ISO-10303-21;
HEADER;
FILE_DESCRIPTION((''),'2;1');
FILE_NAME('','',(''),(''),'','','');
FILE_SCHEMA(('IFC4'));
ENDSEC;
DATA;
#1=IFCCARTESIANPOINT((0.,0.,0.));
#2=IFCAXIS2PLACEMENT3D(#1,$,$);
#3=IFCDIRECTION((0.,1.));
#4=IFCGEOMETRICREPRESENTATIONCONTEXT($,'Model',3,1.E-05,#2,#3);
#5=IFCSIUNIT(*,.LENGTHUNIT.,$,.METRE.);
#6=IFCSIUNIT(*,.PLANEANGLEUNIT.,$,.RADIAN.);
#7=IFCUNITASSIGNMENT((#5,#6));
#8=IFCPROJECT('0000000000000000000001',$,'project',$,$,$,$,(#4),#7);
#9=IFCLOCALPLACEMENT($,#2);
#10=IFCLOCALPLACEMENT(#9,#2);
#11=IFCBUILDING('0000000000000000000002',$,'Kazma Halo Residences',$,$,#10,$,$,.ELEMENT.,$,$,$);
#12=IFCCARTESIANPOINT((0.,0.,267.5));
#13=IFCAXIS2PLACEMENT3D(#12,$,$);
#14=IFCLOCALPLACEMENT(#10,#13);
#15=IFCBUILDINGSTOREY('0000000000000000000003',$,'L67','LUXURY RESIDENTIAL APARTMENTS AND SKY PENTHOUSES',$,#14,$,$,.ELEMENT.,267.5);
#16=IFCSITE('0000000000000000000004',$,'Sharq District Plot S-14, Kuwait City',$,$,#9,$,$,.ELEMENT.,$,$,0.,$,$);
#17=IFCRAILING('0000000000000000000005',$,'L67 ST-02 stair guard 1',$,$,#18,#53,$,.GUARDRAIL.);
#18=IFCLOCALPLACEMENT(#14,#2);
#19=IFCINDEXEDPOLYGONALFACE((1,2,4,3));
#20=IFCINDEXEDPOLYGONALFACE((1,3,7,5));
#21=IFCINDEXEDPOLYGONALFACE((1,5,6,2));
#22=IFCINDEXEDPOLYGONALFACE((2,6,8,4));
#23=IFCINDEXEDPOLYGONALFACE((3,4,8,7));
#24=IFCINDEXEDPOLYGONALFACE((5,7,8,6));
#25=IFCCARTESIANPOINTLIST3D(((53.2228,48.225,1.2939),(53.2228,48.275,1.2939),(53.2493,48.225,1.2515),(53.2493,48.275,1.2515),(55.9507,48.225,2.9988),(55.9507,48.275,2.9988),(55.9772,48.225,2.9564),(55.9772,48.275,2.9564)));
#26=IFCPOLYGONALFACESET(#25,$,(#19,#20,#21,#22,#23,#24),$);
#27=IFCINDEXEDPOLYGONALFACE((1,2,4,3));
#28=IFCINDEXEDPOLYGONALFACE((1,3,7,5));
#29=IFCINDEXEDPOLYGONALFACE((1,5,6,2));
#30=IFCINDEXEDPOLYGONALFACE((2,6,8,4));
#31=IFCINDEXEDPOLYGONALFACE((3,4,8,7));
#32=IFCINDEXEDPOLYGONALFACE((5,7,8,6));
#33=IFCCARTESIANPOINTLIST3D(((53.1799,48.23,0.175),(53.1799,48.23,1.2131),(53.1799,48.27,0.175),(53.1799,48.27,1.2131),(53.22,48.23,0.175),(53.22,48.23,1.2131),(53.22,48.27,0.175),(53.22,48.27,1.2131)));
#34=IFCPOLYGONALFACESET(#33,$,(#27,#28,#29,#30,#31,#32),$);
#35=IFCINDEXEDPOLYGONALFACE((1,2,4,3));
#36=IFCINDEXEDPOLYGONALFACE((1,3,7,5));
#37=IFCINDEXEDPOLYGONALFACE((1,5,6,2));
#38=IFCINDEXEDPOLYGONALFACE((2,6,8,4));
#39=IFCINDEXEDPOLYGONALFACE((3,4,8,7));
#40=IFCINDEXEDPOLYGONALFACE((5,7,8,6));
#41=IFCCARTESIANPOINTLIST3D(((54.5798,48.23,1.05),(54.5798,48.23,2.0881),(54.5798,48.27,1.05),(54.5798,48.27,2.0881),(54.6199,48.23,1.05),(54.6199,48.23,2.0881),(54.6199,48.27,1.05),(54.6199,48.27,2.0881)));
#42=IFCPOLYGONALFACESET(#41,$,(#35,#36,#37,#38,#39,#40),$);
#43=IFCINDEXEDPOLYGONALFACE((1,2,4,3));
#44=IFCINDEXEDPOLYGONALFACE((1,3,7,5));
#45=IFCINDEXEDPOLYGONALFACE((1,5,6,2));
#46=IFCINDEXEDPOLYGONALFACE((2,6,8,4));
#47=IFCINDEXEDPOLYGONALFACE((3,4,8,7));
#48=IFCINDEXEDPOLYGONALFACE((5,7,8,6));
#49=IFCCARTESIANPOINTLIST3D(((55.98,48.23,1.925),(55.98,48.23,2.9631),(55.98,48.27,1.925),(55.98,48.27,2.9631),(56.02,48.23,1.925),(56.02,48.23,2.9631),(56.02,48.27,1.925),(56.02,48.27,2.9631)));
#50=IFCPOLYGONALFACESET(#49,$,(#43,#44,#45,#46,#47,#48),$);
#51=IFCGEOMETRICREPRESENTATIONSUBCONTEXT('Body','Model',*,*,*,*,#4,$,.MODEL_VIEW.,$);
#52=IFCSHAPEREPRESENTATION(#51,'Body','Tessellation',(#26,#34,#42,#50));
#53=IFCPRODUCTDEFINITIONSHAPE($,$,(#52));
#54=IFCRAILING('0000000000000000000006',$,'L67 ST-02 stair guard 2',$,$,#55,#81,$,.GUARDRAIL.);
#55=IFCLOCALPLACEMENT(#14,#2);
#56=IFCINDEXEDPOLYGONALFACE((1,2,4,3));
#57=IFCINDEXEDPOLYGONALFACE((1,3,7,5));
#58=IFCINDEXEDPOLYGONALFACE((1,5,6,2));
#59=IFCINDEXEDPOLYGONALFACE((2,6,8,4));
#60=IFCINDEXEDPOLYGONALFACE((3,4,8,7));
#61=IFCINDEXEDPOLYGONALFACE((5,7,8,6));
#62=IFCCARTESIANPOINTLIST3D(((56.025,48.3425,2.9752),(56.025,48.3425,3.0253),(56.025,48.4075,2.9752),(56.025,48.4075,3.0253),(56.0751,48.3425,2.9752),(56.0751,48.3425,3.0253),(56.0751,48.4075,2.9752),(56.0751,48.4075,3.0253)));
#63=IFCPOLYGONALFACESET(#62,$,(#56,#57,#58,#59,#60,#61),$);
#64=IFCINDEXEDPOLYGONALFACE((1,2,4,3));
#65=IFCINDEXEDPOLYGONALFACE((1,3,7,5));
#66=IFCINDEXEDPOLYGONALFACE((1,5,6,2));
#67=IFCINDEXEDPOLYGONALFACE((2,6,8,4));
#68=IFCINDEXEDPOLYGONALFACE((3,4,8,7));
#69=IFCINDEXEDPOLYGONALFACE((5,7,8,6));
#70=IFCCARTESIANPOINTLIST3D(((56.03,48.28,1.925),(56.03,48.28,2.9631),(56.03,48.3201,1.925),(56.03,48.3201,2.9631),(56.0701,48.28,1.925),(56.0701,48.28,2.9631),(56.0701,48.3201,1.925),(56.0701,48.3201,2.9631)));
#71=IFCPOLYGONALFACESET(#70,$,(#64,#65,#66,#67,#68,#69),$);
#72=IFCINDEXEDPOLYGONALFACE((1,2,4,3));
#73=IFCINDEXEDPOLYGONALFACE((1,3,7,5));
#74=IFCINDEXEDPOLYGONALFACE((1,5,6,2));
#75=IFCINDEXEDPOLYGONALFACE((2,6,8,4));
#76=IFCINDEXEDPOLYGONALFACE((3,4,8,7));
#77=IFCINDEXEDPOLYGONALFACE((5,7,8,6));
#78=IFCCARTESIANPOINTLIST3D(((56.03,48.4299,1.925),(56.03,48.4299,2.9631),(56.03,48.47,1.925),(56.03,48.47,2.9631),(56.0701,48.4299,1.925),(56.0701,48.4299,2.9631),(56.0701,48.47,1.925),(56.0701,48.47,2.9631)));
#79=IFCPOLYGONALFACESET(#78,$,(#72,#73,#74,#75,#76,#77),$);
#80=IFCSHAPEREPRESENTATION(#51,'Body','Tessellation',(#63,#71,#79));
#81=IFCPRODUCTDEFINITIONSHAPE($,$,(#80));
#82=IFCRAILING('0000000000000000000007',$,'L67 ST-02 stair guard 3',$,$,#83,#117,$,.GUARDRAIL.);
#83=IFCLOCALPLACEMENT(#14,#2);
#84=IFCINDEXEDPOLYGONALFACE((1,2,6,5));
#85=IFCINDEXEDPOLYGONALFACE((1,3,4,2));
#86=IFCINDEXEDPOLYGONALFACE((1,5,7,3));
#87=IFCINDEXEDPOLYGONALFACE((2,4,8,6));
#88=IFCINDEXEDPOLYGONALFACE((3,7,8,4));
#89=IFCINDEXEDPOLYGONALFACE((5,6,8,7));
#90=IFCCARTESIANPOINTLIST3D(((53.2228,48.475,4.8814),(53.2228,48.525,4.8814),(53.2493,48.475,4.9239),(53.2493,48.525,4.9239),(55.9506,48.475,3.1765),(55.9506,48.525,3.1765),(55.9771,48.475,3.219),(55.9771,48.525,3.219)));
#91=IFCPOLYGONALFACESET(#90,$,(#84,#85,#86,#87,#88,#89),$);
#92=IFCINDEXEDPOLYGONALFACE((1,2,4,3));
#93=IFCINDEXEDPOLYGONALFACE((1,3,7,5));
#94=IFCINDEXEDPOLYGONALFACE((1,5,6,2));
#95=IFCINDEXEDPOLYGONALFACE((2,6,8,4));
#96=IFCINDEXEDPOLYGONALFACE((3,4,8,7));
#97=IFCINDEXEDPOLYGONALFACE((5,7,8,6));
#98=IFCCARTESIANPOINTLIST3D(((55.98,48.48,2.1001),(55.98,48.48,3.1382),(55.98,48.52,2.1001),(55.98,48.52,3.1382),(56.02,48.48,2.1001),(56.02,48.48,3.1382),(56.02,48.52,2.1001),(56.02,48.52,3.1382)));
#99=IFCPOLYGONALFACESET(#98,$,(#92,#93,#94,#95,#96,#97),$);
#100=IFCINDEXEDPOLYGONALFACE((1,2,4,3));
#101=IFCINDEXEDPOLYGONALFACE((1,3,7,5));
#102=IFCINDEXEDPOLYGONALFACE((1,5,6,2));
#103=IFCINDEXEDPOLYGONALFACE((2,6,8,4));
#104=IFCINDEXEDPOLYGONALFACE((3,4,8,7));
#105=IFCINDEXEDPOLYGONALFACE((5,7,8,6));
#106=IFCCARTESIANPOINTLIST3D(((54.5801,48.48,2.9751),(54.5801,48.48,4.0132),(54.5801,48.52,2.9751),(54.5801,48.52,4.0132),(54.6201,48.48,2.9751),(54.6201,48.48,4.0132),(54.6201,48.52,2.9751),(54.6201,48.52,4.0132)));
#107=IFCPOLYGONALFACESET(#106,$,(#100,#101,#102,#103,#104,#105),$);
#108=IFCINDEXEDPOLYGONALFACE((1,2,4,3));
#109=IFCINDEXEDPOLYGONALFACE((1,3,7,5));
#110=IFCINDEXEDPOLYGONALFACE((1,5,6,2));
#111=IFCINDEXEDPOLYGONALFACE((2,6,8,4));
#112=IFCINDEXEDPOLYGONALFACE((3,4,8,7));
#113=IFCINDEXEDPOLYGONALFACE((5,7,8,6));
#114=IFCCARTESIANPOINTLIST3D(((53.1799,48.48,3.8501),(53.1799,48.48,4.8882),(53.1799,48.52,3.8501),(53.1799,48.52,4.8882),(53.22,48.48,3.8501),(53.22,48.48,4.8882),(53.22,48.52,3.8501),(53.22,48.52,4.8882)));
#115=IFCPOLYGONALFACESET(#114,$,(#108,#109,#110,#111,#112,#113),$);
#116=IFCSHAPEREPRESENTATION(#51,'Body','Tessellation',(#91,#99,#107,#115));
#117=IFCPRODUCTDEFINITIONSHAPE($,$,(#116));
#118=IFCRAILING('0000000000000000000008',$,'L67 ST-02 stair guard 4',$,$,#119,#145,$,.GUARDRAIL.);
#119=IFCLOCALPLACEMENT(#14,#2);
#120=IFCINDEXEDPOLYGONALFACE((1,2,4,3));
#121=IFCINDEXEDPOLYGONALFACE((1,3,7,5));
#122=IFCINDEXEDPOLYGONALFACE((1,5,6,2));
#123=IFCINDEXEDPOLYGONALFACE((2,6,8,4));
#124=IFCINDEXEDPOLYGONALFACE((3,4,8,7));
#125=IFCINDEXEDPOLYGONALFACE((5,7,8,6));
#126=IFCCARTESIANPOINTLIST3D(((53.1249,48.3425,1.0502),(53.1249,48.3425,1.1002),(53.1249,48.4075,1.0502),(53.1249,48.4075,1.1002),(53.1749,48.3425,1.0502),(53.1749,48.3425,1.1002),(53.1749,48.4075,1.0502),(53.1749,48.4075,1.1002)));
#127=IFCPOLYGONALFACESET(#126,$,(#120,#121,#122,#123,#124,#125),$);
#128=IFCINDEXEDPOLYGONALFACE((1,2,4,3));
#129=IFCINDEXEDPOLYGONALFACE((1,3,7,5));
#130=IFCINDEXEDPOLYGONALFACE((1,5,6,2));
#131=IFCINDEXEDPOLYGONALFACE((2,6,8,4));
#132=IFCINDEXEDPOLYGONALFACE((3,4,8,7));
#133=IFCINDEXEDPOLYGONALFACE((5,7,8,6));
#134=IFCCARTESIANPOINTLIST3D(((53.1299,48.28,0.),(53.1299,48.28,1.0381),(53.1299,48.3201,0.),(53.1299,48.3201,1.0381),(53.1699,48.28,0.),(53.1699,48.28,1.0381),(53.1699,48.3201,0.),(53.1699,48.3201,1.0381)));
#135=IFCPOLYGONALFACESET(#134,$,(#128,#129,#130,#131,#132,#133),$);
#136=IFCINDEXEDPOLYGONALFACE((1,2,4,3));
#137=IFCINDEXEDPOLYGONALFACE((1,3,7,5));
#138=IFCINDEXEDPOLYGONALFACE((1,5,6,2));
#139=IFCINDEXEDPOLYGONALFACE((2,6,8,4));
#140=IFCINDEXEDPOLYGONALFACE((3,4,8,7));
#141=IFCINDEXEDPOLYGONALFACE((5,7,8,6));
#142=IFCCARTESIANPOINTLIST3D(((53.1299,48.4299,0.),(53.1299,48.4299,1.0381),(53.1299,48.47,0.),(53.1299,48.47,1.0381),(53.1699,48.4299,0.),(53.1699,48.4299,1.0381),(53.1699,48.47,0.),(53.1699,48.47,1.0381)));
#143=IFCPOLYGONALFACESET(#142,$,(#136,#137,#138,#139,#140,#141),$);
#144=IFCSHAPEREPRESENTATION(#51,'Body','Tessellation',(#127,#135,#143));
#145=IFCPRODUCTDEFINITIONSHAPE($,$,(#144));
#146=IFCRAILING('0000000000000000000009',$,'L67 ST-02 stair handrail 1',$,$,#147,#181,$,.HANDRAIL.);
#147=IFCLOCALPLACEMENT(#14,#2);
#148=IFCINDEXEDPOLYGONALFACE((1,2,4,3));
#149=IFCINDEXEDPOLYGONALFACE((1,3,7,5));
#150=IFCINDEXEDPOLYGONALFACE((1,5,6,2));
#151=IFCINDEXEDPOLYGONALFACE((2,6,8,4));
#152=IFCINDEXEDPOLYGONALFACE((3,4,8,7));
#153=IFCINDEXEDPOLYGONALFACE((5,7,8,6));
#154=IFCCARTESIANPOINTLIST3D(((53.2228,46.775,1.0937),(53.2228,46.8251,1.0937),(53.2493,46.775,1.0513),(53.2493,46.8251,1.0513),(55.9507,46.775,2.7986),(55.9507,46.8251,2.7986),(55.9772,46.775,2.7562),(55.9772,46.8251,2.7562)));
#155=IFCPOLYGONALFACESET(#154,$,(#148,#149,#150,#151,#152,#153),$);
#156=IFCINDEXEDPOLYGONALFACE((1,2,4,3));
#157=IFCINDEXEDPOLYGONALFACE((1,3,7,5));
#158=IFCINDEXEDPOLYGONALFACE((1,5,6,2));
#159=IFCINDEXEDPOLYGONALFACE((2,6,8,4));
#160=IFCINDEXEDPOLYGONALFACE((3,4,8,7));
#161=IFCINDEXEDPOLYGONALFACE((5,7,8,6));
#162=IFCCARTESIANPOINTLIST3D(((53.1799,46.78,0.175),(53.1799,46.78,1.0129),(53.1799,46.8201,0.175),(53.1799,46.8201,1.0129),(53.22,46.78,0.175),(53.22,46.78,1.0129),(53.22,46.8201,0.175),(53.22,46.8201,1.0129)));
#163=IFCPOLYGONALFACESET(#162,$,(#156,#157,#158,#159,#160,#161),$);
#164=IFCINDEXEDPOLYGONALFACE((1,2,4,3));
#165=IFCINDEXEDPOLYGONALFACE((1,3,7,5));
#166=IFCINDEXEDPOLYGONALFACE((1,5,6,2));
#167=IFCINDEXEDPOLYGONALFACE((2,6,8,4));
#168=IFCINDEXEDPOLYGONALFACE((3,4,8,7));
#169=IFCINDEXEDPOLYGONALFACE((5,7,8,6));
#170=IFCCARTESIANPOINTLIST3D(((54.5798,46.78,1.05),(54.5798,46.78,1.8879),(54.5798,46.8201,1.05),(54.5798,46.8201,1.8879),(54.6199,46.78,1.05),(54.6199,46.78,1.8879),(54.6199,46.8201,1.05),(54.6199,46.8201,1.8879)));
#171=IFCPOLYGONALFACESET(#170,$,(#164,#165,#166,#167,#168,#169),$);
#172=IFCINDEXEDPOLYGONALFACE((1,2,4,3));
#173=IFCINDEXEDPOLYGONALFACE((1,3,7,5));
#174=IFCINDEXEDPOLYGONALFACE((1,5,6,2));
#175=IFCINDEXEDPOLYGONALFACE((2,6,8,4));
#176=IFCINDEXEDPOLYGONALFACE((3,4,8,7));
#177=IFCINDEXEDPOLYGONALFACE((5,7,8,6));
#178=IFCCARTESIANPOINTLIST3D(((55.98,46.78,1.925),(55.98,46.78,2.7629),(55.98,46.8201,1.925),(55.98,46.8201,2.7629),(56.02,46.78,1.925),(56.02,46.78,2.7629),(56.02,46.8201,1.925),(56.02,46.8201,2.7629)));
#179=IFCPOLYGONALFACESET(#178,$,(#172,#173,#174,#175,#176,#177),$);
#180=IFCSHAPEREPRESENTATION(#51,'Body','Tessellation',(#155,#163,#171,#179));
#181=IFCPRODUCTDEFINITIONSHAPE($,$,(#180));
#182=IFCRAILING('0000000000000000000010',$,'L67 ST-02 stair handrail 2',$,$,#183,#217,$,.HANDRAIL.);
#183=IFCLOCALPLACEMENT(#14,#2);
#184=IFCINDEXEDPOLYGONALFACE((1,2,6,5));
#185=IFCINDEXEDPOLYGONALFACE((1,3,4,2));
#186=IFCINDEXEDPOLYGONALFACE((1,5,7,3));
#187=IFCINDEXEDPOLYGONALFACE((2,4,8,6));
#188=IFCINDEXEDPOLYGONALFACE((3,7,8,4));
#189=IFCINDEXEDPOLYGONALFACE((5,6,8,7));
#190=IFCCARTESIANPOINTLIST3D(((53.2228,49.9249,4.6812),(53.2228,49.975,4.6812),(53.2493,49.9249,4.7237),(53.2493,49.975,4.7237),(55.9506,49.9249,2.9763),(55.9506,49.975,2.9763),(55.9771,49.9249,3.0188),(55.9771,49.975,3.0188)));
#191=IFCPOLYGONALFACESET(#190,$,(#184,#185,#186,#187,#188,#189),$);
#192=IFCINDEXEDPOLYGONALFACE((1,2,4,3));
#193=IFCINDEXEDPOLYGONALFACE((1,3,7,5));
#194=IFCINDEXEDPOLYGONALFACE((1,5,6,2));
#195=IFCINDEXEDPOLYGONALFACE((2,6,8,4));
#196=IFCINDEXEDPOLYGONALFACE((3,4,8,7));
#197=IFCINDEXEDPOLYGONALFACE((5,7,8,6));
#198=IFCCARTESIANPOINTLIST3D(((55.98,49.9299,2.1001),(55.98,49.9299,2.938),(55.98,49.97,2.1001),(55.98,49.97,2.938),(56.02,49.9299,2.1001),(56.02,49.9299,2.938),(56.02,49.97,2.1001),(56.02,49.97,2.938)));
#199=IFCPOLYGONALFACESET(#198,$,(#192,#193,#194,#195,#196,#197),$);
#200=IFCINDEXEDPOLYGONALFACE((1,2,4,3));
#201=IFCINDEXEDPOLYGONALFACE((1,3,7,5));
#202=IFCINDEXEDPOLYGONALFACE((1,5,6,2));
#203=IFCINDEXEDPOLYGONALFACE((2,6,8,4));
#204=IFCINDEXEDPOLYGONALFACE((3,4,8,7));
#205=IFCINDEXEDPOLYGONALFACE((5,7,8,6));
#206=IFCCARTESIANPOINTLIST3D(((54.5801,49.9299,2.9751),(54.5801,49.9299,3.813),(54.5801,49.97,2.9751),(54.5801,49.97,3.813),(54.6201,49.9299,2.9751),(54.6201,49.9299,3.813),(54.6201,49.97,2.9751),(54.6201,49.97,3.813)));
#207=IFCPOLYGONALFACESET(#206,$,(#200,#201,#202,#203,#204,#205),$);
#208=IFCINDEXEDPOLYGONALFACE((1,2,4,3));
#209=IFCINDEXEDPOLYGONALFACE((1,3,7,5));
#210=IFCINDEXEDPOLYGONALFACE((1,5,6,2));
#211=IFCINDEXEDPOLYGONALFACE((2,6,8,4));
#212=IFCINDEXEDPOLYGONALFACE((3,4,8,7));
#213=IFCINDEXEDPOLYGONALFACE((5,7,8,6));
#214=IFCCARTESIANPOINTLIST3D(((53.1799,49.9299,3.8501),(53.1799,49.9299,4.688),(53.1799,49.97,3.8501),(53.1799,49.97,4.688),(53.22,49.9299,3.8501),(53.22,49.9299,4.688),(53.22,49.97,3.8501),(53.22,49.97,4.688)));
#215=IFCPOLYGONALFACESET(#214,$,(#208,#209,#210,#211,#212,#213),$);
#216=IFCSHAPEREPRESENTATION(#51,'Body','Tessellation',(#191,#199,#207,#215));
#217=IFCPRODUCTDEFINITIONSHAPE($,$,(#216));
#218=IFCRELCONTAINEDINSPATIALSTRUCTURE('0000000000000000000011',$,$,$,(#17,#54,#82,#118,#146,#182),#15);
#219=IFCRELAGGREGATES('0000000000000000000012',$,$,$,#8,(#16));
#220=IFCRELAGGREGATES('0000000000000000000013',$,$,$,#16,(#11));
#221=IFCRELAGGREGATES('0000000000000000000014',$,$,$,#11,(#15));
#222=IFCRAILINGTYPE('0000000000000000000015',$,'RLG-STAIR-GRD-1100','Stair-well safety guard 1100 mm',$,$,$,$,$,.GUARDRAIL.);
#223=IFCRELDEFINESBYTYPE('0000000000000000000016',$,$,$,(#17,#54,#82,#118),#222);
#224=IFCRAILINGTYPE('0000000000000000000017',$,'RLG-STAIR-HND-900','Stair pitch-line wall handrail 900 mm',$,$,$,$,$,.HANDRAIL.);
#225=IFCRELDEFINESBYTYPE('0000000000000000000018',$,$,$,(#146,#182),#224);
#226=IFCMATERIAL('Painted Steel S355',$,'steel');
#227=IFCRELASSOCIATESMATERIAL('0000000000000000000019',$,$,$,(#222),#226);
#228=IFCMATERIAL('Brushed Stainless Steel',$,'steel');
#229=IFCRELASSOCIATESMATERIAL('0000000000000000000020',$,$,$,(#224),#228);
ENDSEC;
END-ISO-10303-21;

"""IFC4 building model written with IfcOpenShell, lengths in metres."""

from ifc_helpers import new_model, si_unit, direction, frame, origin, origin_2d, place, context, subcontext, project, spatial, rectangle, extrude, material, type_object, element, save


model = new_model("IFC4")

# Units and contexts
model_context = context("Model", 3, precision=1e-05, world=origin(), true_north=direction((0.0, 1.0)))
body_context = subcontext(model_context, "Body", "Model", "MODEL_VIEW")
ifc_project = project(units=[si_unit("LENGTHUNIT", "METRE"), si_unit("PLANEANGLEUNIT", "RADIAN")], contexts=[model_context])

# Site, building, storey
site_placement = place(None, origin())
site = spatial("IfcSite", under=ifc_project, at=site_placement, Name="Sharq District Plot S-14, Kuwait City", CompositionType="ELEMENT", RefElevation=0.0)
building_placement = place(site_placement, origin())
building = spatial("IfcBuilding", under=site, at=building_placement, Name="Kazma Halo Residences", CompositionType="ELEMENT")
storey_placement = place(building_placement, frame((0.0, 0.0, 267.5)))
storey = spatial("IfcBuildingStorey", under=building, at=storey_placement, Name="L67", Description="LUXURY RESIDENTIAL APARTMENTS AND SKY PENTHOUSES", CompositionType="ELEMENT", Elevation=267.5)

# Railings
ifc_material_1 = material(Name="Painted Steel S355", Category="steel")
railing_type_1 = type_object("IfcRailingType", Name="RLG-STAIR-GRD-1100", Description="Stair-well safety guard 1100 mm", PredefinedType="GUARDRAIL", material=ifc_material_1)
railing_1_placement = place(storey_placement, frame((53.2, 48.25, 0.175)))
element("IfcRailing", 1, at=railing_1_placement, inside=storey, type_object=railing_type_1, Name="L67 ST-02 stair guard 1", PredefinedType="GUARDRAIL", context=body_context, shape_type="SweptSolid", body=[
    extrude(rectangle(XDim=0.05, YDim=0.05, at=origin_2d()), frame((0.0361, 0.0, 1.0977), z_axis=(0.848002, 0.0, 0.529992), x_axis=(0.0, 1.0, 0.0)), (0.0, 0.0, 1.0), 3.2168),
    extrude(rectangle(XDim=0.04, YDim=0.04, at=origin_2d()), origin(), (0.0, 0.0, 1.0), 1.0381),
    extrude(rectangle(XDim=0.04, YDim=0.04, at=origin_2d()), frame((1.3999, 0.0, 0.875)), (0.0, 0.0, 1.0), 1.0381),
    extrude(rectangle(XDim=0.04, YDim=0.04, at=origin_2d()), frame((2.8, 0.0, 1.75)), (0.0, 0.0, 1.0), 1.0381),
])
railing_2_placement = place(storey_placement, frame((56.05, 48.3, 1.925)))
element("IfcRailing", 2, at=railing_2_placement, inside=storey, type_object=railing_type_1, Name="L67 ST-02 stair guard 2", PredefinedType="GUARDRAIL", context=body_context, shape_type="SweptSolid", body=[
    extrude(rectangle(XDim=0.05, YDim=0.05, at=origin_2d()), frame((0.0, 0.0425, 1.0752), z_axis=(0.0, 1.0, 0.0), x_axis=(-1.0, 0.0, 0.0)), (0.0, 0.0, 1.0), 0.0649),
    extrude(rectangle(XDim=0.04, YDim=0.04, at=origin_2d()), origin(), (0.0, 0.0, 1.0), 1.0381),
    extrude(rectangle(XDim=0.04, YDim=0.04, at=origin_2d()), frame((0.0, 0.1499, 0.0)), (0.0, 0.0, 1.0), 1.0381),
])
railing_3_placement = place(storey_placement, frame((56.0, 48.5, 2.1001)))
element("IfcRailing", 3, at=railing_3_placement, inside=storey, type_object=railing_type_1, Name="L67 ST-02 stair guard 3", PredefinedType="GUARDRAIL", context=body_context, shape_type="SweptSolid", body=[
    extrude(rectangle(XDim=0.05, YDim=0.05, at=origin_2d()), frame((-0.0361, 0.0, 1.0977), z_axis=(-0.848002, 0.0, 0.529992), x_axis=(0.0, -1.0, 0.0)), (0.0, 0.0, 1.0), 3.2168),
    extrude(rectangle(XDim=0.04, YDim=0.04, at=origin_2d()), origin(), (0.0, 0.0, 1.0), 1.0381),
    extrude(rectangle(XDim=0.04, YDim=0.04, at=origin_2d()), frame((-1.3999, 0.0, 0.875)), (0.0, 0.0, 1.0), 1.0381),
    extrude(rectangle(XDim=0.04, YDim=0.04, at=origin_2d()), frame((-2.8, 0.0, 1.75)), (0.0, 0.0, 1.0), 1.0381),
])
railing_4_placement = place(storey_placement, frame((53.1499, 48.3, 0.0)))
element("IfcRailing", 4, at=railing_4_placement, inside=storey, type_object=railing_type_1, Name="L67 ST-02 stair guard 4", PredefinedType="GUARDRAIL", context=body_context, shape_type="SweptSolid", body=[
    extrude(rectangle(XDim=0.05, YDim=0.05, at=origin_2d()), frame((0.0, 0.0425, 1.0752), z_axis=(0.0, 1.0, 0.0), x_axis=(-1.0, 0.0, 0.0)), (0.0, 0.0, 1.0), 0.0649),
    extrude(rectangle(XDim=0.04, YDim=0.04, at=origin_2d()), origin(), (0.0, 0.0, 1.0), 1.0381),
    extrude(rectangle(XDim=0.04, YDim=0.04, at=origin_2d()), frame((0.0, 0.1499, 0.0)), (0.0, 0.0, 1.0), 1.0381),
])
ifc_material_2 = material(Name="Brushed Stainless Steel", Category="steel")
railing_type_2 = type_object("IfcRailingType", Name="RLG-STAIR-HND-900", Description="Stair pitch-line wall handrail 900 mm", PredefinedType="HANDRAIL", material=ifc_material_2)
railing_5_placement = place(storey_placement, frame((53.2, 46.8, 0.175)))
element("IfcRailing", 5, at=railing_5_placement, inside=storey, type_object=railing_type_2, Name="L67 ST-02 stair handrail 1", PredefinedType="HANDRAIL", context=body_context, shape_type="SweptSolid", body=[
    extrude(rectangle(XDim=0.05, YDim=0.05, at=origin_2d()), frame((0.0361, 0.0, 0.8975), z_axis=(0.848002, 0.0, 0.529992), x_axis=(0.0, 1.0, 0.0)), (0.0, 0.0, 1.0), 3.2168),
    extrude(rectangle(XDim=0.04, YDim=0.04, at=origin_2d()), origin(), (0.0, 0.0, 1.0), 0.8379),
    extrude(rectangle(XDim=0.04, YDim=0.04, at=origin_2d()), frame((1.3999, 0.0, 0.875)), (0.0, 0.0, 1.0), 0.8379),
    extrude(rectangle(XDim=0.04, YDim=0.04, at=origin_2d()), frame((2.8, 0.0, 1.75)), (0.0, 0.0, 1.0), 0.8379),
])
railing_6_placement = place(storey_placement, frame((56.0, 49.95, 2.1001)))
element("IfcRailing", 6, at=railing_6_placement, inside=storey, type_object=railing_type_2, Name="L67 ST-02 stair handrail 2", PredefinedType="HANDRAIL", context=body_context, shape_type="SweptSolid", body=[
    extrude(rectangle(XDim=0.05, YDim=0.05, at=origin_2d()), frame((-0.0361, 0.0, 0.8975), z_axis=(-0.848002, 0.0, 0.529992), x_axis=(0.0, -1.0, 0.0)), (0.0, 0.0, 1.0), 3.2168),
    extrude(rectangle(XDim=0.04, YDim=0.04, at=origin_2d()), origin(), (0.0, 0.0, 1.0), 0.8379),
    extrude(rectangle(XDim=0.04, YDim=0.04, at=origin_2d()), frame((-1.3999, 0.0, 0.875)), (0.0, 0.0, 1.0), 0.8379),
    extrude(rectangle(XDim=0.04, YDim=0.04, at=origin_2d()), frame((-2.8, 0.0, 1.75)), (0.0, 0.0, 1.0), 0.8379),
])

save(model, "model.ifc")
